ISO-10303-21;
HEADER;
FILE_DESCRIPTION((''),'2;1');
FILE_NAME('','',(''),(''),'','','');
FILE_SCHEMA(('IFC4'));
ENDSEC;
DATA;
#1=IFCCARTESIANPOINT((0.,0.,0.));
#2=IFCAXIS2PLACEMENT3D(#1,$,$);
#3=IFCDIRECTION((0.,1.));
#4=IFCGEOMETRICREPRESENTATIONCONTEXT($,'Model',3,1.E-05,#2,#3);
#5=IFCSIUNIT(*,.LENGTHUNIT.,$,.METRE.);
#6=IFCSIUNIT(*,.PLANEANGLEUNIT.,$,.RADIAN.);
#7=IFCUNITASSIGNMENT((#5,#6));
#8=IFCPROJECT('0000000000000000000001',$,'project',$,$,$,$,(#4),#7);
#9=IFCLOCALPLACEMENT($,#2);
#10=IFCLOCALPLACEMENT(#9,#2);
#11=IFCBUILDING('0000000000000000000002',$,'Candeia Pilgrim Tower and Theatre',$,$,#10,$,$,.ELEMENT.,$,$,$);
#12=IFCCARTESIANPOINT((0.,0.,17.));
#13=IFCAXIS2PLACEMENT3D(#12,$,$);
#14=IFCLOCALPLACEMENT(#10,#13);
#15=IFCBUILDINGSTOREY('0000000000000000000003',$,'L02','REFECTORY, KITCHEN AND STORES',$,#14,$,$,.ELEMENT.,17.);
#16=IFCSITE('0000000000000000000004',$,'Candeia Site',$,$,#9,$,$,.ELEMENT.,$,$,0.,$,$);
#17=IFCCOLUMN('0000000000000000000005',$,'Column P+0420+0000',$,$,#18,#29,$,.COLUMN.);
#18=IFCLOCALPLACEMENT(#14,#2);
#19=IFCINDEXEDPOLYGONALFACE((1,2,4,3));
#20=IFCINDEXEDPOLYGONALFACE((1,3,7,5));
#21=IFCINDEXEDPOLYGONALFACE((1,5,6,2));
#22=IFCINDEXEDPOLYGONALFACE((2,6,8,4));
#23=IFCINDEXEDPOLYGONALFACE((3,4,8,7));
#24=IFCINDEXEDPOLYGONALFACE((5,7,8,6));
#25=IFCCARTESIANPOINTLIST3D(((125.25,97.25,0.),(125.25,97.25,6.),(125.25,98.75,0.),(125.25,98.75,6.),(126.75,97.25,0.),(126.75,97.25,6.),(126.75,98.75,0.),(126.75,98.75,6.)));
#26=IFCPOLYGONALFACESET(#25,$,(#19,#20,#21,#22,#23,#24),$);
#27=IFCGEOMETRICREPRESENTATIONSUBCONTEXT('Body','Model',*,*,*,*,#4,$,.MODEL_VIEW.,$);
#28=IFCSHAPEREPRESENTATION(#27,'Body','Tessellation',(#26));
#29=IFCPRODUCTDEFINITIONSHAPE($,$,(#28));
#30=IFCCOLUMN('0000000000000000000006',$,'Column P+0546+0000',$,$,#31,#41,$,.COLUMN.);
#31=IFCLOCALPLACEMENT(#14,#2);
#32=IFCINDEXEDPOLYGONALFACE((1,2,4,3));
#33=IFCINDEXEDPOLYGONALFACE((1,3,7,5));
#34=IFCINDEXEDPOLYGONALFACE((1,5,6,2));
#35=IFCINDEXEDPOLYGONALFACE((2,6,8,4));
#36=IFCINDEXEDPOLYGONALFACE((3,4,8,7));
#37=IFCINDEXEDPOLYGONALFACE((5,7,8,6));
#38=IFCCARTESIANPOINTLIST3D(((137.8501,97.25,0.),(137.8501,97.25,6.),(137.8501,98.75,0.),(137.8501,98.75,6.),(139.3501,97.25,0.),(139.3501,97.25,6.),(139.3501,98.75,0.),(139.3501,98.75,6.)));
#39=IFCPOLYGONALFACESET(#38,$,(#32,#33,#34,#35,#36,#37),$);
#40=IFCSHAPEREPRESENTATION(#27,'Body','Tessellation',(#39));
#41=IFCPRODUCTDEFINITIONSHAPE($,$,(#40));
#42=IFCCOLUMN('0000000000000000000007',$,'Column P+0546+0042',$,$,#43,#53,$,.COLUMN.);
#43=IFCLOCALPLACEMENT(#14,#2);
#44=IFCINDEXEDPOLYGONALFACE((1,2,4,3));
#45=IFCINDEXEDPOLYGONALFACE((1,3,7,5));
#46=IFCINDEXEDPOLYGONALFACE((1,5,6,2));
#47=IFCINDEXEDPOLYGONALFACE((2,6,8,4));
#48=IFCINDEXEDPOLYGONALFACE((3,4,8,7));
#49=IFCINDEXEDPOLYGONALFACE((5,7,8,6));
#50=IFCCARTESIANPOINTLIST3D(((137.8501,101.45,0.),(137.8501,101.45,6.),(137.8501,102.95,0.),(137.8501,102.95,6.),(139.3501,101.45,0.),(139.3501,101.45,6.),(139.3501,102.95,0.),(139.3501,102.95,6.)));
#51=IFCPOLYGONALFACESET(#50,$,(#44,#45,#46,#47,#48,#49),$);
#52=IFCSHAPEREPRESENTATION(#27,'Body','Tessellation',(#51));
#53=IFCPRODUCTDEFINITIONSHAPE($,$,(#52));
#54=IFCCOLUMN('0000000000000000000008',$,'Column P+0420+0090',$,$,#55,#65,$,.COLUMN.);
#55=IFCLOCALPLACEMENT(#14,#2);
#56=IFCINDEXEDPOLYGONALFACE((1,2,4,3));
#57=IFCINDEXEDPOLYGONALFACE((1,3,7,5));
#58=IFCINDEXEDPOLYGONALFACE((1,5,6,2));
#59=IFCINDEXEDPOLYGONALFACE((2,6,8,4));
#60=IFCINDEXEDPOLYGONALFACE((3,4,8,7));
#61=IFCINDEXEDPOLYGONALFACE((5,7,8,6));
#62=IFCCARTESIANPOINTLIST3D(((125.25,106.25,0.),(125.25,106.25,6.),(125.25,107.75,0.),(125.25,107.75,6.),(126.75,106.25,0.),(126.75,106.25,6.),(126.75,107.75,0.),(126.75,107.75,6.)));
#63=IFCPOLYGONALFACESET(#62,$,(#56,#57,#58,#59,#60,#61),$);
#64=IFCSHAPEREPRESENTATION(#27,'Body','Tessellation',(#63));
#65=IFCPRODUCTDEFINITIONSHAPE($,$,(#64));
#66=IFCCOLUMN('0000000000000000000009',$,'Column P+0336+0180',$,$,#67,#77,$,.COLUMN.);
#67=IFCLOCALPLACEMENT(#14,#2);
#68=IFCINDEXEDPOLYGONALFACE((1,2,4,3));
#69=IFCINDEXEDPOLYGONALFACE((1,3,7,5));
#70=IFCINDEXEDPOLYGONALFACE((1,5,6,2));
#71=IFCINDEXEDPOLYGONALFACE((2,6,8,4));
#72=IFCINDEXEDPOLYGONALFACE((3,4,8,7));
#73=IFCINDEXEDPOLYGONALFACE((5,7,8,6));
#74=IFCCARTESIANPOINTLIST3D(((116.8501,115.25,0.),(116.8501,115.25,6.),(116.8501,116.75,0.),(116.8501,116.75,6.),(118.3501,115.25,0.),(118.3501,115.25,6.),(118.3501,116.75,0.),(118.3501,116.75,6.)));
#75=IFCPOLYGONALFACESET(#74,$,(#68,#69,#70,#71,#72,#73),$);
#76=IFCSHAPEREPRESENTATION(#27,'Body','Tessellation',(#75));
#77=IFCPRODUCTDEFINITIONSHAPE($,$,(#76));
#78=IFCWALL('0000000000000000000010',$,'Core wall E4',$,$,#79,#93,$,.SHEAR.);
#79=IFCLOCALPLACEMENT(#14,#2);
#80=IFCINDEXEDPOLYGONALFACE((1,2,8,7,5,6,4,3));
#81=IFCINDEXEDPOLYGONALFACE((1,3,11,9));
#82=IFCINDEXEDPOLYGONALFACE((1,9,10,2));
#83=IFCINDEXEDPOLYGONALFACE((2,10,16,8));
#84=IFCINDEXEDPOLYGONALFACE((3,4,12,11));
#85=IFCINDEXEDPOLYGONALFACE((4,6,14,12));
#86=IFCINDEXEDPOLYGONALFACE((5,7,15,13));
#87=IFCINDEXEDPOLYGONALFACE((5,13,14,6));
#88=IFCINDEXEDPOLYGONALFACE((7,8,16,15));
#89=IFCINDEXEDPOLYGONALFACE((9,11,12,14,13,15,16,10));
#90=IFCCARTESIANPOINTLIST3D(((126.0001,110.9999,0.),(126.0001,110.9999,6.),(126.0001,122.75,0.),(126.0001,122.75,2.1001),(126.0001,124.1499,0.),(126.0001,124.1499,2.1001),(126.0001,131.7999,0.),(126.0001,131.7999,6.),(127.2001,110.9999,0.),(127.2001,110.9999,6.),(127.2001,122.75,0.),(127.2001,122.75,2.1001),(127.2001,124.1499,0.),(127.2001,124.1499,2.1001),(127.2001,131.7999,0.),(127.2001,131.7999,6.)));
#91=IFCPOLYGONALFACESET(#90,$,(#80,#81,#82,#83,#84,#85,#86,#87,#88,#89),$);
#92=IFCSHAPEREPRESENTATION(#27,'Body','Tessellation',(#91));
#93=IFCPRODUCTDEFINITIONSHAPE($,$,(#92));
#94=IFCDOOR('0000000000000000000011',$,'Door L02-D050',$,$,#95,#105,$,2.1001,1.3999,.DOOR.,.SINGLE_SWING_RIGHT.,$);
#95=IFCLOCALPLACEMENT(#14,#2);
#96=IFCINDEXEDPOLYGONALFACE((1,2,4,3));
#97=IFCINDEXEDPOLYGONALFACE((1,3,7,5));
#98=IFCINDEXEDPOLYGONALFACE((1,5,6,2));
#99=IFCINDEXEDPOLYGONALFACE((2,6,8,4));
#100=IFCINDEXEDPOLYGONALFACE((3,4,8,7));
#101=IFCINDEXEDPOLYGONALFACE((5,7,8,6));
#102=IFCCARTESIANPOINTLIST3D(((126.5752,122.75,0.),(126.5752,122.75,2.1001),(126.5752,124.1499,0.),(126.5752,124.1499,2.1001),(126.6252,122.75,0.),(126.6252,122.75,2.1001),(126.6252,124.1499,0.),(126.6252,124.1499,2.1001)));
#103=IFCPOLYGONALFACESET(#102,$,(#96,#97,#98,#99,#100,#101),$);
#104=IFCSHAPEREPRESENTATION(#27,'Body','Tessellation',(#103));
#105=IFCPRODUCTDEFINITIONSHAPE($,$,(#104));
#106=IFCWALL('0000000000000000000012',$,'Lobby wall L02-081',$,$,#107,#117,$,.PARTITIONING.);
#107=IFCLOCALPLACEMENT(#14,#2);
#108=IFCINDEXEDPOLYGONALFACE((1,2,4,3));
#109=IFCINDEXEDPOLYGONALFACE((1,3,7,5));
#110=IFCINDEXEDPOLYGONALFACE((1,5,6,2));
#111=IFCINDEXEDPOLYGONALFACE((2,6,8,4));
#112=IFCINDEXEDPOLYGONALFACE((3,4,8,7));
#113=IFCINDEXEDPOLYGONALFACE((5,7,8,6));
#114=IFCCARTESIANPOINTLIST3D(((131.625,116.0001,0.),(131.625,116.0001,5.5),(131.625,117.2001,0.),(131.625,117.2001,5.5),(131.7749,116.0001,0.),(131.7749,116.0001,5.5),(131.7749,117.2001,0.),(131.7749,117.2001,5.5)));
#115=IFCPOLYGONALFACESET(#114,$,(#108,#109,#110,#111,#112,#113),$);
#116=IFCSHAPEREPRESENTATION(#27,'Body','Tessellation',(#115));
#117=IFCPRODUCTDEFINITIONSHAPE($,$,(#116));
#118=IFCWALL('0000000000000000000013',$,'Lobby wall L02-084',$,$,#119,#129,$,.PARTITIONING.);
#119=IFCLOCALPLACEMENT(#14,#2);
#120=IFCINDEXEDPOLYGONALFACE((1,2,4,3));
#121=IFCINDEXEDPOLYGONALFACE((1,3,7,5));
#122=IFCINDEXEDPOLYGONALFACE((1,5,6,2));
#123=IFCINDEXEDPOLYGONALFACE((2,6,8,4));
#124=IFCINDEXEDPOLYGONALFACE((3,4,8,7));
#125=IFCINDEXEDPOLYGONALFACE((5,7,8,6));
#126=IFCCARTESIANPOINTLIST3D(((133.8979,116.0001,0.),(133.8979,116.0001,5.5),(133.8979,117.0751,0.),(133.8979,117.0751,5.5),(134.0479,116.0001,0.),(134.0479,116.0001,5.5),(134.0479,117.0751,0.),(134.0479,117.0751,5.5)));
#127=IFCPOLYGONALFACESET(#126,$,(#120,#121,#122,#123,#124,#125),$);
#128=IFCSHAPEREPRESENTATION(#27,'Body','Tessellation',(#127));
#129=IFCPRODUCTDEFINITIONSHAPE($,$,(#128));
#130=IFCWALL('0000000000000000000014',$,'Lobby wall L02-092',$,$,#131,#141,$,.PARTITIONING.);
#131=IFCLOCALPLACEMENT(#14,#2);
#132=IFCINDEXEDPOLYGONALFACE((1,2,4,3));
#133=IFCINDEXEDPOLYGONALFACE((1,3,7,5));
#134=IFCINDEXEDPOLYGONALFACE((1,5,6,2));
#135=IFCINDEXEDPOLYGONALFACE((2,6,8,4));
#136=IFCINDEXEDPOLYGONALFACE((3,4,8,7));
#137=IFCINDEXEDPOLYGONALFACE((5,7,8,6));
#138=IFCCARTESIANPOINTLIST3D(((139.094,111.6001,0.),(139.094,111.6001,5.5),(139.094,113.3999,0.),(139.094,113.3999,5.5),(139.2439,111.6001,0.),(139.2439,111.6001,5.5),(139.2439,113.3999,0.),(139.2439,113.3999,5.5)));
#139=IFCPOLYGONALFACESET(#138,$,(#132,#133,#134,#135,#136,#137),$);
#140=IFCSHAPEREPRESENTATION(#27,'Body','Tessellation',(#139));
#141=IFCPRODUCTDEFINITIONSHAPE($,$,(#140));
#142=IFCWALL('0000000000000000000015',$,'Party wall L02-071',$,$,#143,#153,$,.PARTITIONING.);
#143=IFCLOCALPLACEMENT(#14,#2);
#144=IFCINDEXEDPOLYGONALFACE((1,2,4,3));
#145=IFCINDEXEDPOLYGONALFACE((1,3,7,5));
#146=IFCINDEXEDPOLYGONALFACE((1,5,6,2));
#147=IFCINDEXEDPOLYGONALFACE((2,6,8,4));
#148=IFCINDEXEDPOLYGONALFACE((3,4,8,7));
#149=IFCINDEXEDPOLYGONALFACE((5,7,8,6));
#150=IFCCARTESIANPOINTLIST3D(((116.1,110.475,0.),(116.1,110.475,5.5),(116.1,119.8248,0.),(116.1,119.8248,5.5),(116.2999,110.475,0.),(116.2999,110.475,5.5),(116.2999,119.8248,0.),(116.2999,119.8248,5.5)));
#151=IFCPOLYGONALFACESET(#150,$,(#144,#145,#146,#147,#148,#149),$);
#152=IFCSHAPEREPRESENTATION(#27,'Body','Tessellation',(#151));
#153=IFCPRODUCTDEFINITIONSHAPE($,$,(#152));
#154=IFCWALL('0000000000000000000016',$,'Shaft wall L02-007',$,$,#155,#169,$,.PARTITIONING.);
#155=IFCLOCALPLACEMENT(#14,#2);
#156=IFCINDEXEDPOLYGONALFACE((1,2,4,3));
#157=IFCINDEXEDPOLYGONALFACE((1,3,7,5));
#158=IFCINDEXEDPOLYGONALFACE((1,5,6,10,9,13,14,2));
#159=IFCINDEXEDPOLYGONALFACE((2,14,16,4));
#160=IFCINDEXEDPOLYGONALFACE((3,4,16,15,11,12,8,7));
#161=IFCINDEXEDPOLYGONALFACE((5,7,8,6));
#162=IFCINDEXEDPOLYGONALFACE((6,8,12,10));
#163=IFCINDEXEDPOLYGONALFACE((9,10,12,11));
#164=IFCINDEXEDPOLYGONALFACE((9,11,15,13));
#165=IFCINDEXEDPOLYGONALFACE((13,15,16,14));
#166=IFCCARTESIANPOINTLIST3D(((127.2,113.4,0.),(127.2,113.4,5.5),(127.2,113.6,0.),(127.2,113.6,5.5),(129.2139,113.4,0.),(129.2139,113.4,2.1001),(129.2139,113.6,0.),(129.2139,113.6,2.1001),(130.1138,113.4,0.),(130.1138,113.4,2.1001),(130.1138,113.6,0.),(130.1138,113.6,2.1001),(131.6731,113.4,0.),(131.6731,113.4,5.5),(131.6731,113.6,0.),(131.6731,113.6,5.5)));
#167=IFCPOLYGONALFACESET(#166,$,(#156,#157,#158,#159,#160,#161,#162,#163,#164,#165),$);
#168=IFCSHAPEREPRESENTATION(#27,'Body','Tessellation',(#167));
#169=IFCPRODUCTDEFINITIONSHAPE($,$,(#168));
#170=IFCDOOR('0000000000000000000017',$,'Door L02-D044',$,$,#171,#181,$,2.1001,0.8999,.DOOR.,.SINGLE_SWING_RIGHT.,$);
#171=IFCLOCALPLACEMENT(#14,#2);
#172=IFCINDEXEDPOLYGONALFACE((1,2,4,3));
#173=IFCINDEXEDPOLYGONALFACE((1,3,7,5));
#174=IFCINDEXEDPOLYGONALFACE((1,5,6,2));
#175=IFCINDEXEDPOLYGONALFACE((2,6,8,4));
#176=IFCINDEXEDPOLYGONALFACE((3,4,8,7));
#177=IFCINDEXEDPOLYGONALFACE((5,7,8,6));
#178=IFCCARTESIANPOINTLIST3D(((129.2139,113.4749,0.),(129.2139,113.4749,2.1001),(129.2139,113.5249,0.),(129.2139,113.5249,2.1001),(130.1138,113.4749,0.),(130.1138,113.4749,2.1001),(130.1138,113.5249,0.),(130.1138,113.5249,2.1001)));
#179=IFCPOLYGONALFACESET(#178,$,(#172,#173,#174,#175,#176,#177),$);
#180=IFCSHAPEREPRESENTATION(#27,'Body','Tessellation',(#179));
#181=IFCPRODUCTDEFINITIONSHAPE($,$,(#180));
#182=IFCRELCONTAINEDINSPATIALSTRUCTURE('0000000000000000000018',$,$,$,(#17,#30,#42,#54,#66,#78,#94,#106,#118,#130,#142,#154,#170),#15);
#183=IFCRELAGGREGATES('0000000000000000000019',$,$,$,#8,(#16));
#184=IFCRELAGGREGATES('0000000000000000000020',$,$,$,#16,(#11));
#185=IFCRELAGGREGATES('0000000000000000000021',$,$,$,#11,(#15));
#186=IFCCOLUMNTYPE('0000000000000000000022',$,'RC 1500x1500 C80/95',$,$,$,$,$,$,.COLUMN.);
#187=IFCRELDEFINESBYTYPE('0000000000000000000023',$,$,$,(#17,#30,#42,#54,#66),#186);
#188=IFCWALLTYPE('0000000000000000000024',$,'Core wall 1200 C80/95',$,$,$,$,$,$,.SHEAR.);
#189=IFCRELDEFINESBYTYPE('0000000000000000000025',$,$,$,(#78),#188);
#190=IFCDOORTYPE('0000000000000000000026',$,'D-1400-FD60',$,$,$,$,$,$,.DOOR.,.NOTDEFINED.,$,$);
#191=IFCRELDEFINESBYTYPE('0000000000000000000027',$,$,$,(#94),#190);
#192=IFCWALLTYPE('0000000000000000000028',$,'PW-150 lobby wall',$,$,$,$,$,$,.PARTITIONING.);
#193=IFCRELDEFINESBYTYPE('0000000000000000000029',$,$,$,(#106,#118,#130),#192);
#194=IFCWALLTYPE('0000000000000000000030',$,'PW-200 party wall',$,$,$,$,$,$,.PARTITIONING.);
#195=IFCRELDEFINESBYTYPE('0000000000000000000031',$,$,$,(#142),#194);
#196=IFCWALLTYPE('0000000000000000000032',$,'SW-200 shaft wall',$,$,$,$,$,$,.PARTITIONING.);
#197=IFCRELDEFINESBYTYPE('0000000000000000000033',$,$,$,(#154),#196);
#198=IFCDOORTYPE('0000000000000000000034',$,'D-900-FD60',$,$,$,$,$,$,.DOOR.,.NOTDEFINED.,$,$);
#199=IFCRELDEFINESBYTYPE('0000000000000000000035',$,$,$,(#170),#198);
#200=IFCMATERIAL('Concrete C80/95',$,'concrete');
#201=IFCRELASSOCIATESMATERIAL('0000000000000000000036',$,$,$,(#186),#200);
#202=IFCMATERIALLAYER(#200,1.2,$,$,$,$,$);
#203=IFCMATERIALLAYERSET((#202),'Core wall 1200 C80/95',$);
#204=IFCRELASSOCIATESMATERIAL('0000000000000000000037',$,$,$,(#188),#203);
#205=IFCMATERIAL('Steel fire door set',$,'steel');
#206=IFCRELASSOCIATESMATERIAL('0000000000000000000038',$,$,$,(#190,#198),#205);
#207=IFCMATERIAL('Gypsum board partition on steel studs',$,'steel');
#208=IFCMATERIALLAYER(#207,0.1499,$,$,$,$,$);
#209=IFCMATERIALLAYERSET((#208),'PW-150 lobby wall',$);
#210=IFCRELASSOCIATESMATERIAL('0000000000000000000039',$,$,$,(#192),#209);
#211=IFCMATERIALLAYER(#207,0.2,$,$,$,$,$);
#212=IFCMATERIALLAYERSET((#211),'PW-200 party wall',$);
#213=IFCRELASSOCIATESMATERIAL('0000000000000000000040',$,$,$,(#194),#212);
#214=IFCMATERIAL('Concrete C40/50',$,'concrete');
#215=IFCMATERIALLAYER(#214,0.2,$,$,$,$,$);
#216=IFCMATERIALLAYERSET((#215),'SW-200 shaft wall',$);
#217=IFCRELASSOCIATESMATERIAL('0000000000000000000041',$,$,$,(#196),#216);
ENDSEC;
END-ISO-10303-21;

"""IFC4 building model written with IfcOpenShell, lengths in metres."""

from ifc_helpers import new_model, si_unit, direction, frame, frame_2d, origin, origin_2d, place, context, subcontext, project, spatial, rectangle, extrude, material, layer, layer_set, material_profile, profile_set, type_object, element, fill, save


model = new_model("IFC4")

# Units and contexts
model_context = context("Model", 3, precision=1e-05, world=origin(), true_north=direction((0.0, 1.0)))
body_context = subcontext(model_context, "Body", "Model", "MODEL_VIEW")
ifc_project = project(units=[si_unit("LENGTHUNIT", "METRE"), si_unit("PLANEANGLEUNIT", "RADIAN")], contexts=[model_context])

# Site, building, storey
site_placement = place(None, origin())
site = spatial("IfcSite", under=ifc_project, at=site_placement, Name="Candeia Site", CompositionType="ELEMENT", RefElevation=0.0)
building_placement = place(site_placement, origin())
building = spatial("IfcBuilding", under=site, at=building_placement, Name="Candeia Pilgrim Tower and Theatre", CompositionType="ELEMENT")
storey_placement = place(building_placement, frame((0.0, 0.0, 17.0)))
storey = spatial("IfcBuildingStorey", under=building, at=storey_placement, Name="L02", Description="REFECTORY, KITCHEN AND STORES", CompositionType="ELEMENT", Elevation=17.0)

# Columns
ifc_material_1 = material(Name="Concrete C80/95", Category="concrete")
ifc_material_profile = material_profile(ifc_material_1, rectangle(XDim=1.5, YDim=1.5, at=origin_2d()))
ifc_profile_set = profile_set([ifc_material_profile], Name="Concrete C80/95")
column_type = type_object("IfcColumnType", Name="RC 1500x1500 C80/95", PredefinedType="COLUMN", material=ifc_profile_set)
for number, where, z_axis, x_axis, name in (
    (1, (126.0, 98.0, 0.0), (0.0, 0.0, 1.0), (1.0, 0.0, 0.0), "Column P+0420+0000"),
    (2, (138.6001, 98.0, 0.0), (0.0, 0.0, 1.0), (1.0, 0.0, 0.0), "Column P+0546+0000"),
    (3, (138.6001, 102.2, 0.0), (0.0, 0.0, 1.0), (1.0, 0.0, 0.0), "Column P+0546+0042"),
    (4, (126.0, 107.0, 0.0), (0.0, 0.0, 1.0), (1.0, 0.0, 0.0), "Column P+0420+0090"),
    (5, (117.6001, 116.0, 0.0), (0.0, 0.0, 1.0), (1.0, 0.0, 0.0), "Column P+0336+0180"),
):
    element("IfcColumn", number, at=place(storey_placement, frame(where, z_axis=z_axis, x_axis=x_axis)), inside=storey, type_object=column_type, Name=name, PredefinedType="COLUMN", context=body_context, shape_type="SweptSolid", body=[
        extrude(rectangle(XDim=1.5, YDim=1.5, at=origin_2d()), origin(), (0.0, 0.0, 1.0), 6.0),
    ])

# Wall, opening, door
ifc_layer_1 = layer(ifc_material_1, 1.2)
ifc_layer_set_1 = layer_set([ifc_layer_1], Name="Core wall 1200 C80/95")
wall_type_1 = type_object("IfcWallType", Name="Core wall 1200 C80/95", PredefinedType="SHEAR", material=ifc_layer_set_1)
wall_1_placement = place(storey_placement, frame((126.6001, 111.0, 0.0), z_axis=(0.0, 0.0, 1.0), x_axis=(0.0, 1.0, 0.0)))
wall_1 = element("IfcWall", 6, at=wall_1_placement, inside=storey, type_object=wall_type_1, Name="Core wall E4", PredefinedType="SHEAR", context=body_context, shape_type="SweptSolid", body=[
    extrude(rectangle(XDim=20.8, YDim=1.2, at=frame_2d((10.3999, 0.0))), origin(), (0.0, 0.0, 1.0), 6.0),
])
opening_1_placement = place(wall_1_placement, frame((11.75, 0.0, 0.0)))
opening_1 = element("IfcOpeningElement", 7, at=opening_1_placement, cuts=wall_1, PredefinedType="OPENING", context=body_context, shape_type="SweptSolid", body=[
    extrude(rectangle(XDim=1.3999, YDim=2.1001, at=frame_2d((0.7, 1.05))), frame((0.0, 0.6099, 0.0), z_axis=(0.0, -1.0, 0.0), x_axis=(1.0, 0.0, 0.0)), (0.0, 0.0, 1.0), 1.22),
])
ifc_material_2 = material(Name="Steel fire door set", Category="steel")
door_type_1 = type_object("IfcDoorType", Name="D-1400-FD60", OperationType="NOTDEFINED", PredefinedType="DOOR", material=ifc_material_2)
door_1_placement = place(opening_1_placement, origin())
door_1 = element("IfcDoor", 8, at=door_1_placement, inside=storey, type_object=door_type_1, Name="Door L02-D050", OperationType="SINGLE_SWING_RIGHT", OverallHeight=2.1001, OverallWidth=1.3999, PredefinedType="DOOR", context=body_context, shape_type="SweptSolid", body=[
    extrude(rectangle(XDim=1.3999, YDim=2.1001, at=frame_2d((0.7, 1.05))), frame((0.0, 0.0249, 0.0), z_axis=(0.0, -1.0, 0.0), x_axis=(1.0, 0.0, 0.0)), (0.0, 0.0, 1.0), 0.05),
])
fill(opening_1, door_1)

# Walls
ifc_material_3 = material(Name="Gypsum board partition on steel studs", Category="steel")
ifc_layer_2 = layer(ifc_material_3, 0.1499)
ifc_layer_set_2 = layer_set([ifc_layer_2], Name="PW-150 lobby wall")
wall_type_2 = type_object("IfcWallType", Name="PW-150 lobby wall", PredefinedType="PARTITIONING", material=ifc_layer_set_2)
wall_2_placement = place(storey_placement, frame((131.7, 116.0, 0.0), z_axis=(0.0, 0.0, 1.0), x_axis=(0.0, 1.0, 0.0)))
element("IfcWall", 9, at=wall_2_placement, inside=storey, type_object=wall_type_2, Name="Lobby wall L02-081", PredefinedType="PARTITIONING", context=body_context, shape_type="SweptSolid", body=[
    extrude(rectangle(XDim=1.2, YDim=0.1499, at=frame_2d((0.6001, 0.0))), origin(), (0.0, 0.0, 1.0), 5.5),
])
wall_3_placement = place(storey_placement, frame((133.9729, 116.0, 0.0), z_axis=(0.0, 0.0, 1.0), x_axis=(0.0, 1.0, 0.0)))
element("IfcWall", 10, at=wall_3_placement, inside=storey, type_object=wall_type_2, Name="Lobby wall L02-084", PredefinedType="PARTITIONING", context=body_context, shape_type="SweptSolid", body=[
    extrude(rectangle(XDim=1.075, YDim=0.1499, at=frame_2d((0.5376, 0.0))), origin(), (0.0, 0.0, 1.0), 5.5),
])
wall_4_placement = place(storey_placement, frame((139.1689, 111.6001, 0.0), z_axis=(0.0, 0.0, 1.0), x_axis=(0.0, 1.0, 0.0)))
element("IfcWall", 11, at=wall_4_placement, inside=storey, type_object=wall_type_2, Name="Lobby wall L02-092", PredefinedType="PARTITIONING", context=body_context, shape_type="SweptSolid", body=[
    extrude(rectangle(XDim=1.7998, YDim=0.1499, at=frame_2d((0.8999, 0.0))), origin(), (0.0, 0.0, 1.0), 5.5),
])
ifc_layer_3 = layer(ifc_material_3, 0.2)
ifc_layer_set_3 = layer_set([ifc_layer_3], Name="PW-200 party wall")
wall_type_3 = type_object("IfcWallType", Name="PW-200 party wall", PredefinedType="PARTITIONING", material=ifc_layer_set_3)
wall_5_placement = place(storey_placement, frame((116.2, 110.4751, 0.0), z_axis=(0.0, 0.0, 1.0), x_axis=(0.0, 1.0, 0.0)))
element("IfcWall", 12, at=wall_5_placement, inside=storey, type_object=wall_type_3, Name="Party wall L02-071", PredefinedType="PARTITIONING", context=body_context, shape_type="SweptSolid", body=[
    extrude(rectangle(XDim=9.3499, YDim=0.2, at=frame_2d((4.6748, 0.0))), origin(), (0.0, 0.0, 1.0), 5.5),
])

# Wall, opening, door
ifc_material_4 = material(Name="Concrete C40/50", Category="concrete")
ifc_layer_4 = layer(ifc_material_4, 0.2)
ifc_layer_set_4 = layer_set([ifc_layer_4], Name="SW-200 shaft wall")
wall_type_4 = type_object("IfcWallType", Name="SW-200 shaft wall", PredefinedType="PARTITIONING", material=ifc_layer_set_4)
wall_6_placement = place(storey_placement, frame((127.2, 113.5, 0.0), z_axis=(0.0, 0.0, 1.0), x_axis=(1.0, 0.0, 0.0)))
wall_6 = element("IfcWall", 13, at=wall_6_placement, inside=storey, type_object=wall_type_4, Name="Shaft wall L02-007", PredefinedType="PARTITIONING", context=body_context, shape_type="SweptSolid", body=[
    extrude(rectangle(XDim=4.4731, YDim=0.2, at=frame_2d((2.2366, 0.0))), origin(), (0.0, 0.0, 1.0), 5.5),
])
opening_2_placement = place(wall_6_placement, frame((2.0139, 0.0, 0.0)))
opening_2 = element("IfcOpeningElement", 14, at=opening_2_placement, cuts=wall_6, PredefinedType="OPENING", context=body_context, shape_type="SweptSolid", body=[
    extrude(rectangle(XDim=0.8999, YDim=2.1001, at=frame_2d((0.45, 1.05))), frame((0.0, 0.1099, 0.0), z_axis=(0.0, -1.0, 0.0), x_axis=(1.0, 0.0, 0.0)), (0.0, 0.0, 1.0), 0.22),
])
door_type_2 = type_object("IfcDoorType", Name="D-900-FD60", OperationType="NOTDEFINED", PredefinedType="DOOR", material=ifc_material_2)
door_2_placement = place(opening_2_placement, origin())
door_2 = element("IfcDoor", 15, at=door_2_placement, inside=storey, type_object=door_type_2, Name="Door L02-D044", OperationType="SINGLE_SWING_RIGHT", OverallHeight=2.1001, OverallWidth=0.8999, PredefinedType="DOOR", context=body_context, shape_type="SweptSolid", body=[
    extrude(rectangle(XDim=0.8999, YDim=2.1001, at=frame_2d((0.45, 1.05))), frame((0.0, 0.0249, 0.0), z_axis=(0.0, -1.0, 0.0), x_axis=(1.0, 0.0, 0.0)), (0.0, 0.0, 1.0), 0.05),
])
fill(opening_2, door_2)

save(model, "model.ifc")
